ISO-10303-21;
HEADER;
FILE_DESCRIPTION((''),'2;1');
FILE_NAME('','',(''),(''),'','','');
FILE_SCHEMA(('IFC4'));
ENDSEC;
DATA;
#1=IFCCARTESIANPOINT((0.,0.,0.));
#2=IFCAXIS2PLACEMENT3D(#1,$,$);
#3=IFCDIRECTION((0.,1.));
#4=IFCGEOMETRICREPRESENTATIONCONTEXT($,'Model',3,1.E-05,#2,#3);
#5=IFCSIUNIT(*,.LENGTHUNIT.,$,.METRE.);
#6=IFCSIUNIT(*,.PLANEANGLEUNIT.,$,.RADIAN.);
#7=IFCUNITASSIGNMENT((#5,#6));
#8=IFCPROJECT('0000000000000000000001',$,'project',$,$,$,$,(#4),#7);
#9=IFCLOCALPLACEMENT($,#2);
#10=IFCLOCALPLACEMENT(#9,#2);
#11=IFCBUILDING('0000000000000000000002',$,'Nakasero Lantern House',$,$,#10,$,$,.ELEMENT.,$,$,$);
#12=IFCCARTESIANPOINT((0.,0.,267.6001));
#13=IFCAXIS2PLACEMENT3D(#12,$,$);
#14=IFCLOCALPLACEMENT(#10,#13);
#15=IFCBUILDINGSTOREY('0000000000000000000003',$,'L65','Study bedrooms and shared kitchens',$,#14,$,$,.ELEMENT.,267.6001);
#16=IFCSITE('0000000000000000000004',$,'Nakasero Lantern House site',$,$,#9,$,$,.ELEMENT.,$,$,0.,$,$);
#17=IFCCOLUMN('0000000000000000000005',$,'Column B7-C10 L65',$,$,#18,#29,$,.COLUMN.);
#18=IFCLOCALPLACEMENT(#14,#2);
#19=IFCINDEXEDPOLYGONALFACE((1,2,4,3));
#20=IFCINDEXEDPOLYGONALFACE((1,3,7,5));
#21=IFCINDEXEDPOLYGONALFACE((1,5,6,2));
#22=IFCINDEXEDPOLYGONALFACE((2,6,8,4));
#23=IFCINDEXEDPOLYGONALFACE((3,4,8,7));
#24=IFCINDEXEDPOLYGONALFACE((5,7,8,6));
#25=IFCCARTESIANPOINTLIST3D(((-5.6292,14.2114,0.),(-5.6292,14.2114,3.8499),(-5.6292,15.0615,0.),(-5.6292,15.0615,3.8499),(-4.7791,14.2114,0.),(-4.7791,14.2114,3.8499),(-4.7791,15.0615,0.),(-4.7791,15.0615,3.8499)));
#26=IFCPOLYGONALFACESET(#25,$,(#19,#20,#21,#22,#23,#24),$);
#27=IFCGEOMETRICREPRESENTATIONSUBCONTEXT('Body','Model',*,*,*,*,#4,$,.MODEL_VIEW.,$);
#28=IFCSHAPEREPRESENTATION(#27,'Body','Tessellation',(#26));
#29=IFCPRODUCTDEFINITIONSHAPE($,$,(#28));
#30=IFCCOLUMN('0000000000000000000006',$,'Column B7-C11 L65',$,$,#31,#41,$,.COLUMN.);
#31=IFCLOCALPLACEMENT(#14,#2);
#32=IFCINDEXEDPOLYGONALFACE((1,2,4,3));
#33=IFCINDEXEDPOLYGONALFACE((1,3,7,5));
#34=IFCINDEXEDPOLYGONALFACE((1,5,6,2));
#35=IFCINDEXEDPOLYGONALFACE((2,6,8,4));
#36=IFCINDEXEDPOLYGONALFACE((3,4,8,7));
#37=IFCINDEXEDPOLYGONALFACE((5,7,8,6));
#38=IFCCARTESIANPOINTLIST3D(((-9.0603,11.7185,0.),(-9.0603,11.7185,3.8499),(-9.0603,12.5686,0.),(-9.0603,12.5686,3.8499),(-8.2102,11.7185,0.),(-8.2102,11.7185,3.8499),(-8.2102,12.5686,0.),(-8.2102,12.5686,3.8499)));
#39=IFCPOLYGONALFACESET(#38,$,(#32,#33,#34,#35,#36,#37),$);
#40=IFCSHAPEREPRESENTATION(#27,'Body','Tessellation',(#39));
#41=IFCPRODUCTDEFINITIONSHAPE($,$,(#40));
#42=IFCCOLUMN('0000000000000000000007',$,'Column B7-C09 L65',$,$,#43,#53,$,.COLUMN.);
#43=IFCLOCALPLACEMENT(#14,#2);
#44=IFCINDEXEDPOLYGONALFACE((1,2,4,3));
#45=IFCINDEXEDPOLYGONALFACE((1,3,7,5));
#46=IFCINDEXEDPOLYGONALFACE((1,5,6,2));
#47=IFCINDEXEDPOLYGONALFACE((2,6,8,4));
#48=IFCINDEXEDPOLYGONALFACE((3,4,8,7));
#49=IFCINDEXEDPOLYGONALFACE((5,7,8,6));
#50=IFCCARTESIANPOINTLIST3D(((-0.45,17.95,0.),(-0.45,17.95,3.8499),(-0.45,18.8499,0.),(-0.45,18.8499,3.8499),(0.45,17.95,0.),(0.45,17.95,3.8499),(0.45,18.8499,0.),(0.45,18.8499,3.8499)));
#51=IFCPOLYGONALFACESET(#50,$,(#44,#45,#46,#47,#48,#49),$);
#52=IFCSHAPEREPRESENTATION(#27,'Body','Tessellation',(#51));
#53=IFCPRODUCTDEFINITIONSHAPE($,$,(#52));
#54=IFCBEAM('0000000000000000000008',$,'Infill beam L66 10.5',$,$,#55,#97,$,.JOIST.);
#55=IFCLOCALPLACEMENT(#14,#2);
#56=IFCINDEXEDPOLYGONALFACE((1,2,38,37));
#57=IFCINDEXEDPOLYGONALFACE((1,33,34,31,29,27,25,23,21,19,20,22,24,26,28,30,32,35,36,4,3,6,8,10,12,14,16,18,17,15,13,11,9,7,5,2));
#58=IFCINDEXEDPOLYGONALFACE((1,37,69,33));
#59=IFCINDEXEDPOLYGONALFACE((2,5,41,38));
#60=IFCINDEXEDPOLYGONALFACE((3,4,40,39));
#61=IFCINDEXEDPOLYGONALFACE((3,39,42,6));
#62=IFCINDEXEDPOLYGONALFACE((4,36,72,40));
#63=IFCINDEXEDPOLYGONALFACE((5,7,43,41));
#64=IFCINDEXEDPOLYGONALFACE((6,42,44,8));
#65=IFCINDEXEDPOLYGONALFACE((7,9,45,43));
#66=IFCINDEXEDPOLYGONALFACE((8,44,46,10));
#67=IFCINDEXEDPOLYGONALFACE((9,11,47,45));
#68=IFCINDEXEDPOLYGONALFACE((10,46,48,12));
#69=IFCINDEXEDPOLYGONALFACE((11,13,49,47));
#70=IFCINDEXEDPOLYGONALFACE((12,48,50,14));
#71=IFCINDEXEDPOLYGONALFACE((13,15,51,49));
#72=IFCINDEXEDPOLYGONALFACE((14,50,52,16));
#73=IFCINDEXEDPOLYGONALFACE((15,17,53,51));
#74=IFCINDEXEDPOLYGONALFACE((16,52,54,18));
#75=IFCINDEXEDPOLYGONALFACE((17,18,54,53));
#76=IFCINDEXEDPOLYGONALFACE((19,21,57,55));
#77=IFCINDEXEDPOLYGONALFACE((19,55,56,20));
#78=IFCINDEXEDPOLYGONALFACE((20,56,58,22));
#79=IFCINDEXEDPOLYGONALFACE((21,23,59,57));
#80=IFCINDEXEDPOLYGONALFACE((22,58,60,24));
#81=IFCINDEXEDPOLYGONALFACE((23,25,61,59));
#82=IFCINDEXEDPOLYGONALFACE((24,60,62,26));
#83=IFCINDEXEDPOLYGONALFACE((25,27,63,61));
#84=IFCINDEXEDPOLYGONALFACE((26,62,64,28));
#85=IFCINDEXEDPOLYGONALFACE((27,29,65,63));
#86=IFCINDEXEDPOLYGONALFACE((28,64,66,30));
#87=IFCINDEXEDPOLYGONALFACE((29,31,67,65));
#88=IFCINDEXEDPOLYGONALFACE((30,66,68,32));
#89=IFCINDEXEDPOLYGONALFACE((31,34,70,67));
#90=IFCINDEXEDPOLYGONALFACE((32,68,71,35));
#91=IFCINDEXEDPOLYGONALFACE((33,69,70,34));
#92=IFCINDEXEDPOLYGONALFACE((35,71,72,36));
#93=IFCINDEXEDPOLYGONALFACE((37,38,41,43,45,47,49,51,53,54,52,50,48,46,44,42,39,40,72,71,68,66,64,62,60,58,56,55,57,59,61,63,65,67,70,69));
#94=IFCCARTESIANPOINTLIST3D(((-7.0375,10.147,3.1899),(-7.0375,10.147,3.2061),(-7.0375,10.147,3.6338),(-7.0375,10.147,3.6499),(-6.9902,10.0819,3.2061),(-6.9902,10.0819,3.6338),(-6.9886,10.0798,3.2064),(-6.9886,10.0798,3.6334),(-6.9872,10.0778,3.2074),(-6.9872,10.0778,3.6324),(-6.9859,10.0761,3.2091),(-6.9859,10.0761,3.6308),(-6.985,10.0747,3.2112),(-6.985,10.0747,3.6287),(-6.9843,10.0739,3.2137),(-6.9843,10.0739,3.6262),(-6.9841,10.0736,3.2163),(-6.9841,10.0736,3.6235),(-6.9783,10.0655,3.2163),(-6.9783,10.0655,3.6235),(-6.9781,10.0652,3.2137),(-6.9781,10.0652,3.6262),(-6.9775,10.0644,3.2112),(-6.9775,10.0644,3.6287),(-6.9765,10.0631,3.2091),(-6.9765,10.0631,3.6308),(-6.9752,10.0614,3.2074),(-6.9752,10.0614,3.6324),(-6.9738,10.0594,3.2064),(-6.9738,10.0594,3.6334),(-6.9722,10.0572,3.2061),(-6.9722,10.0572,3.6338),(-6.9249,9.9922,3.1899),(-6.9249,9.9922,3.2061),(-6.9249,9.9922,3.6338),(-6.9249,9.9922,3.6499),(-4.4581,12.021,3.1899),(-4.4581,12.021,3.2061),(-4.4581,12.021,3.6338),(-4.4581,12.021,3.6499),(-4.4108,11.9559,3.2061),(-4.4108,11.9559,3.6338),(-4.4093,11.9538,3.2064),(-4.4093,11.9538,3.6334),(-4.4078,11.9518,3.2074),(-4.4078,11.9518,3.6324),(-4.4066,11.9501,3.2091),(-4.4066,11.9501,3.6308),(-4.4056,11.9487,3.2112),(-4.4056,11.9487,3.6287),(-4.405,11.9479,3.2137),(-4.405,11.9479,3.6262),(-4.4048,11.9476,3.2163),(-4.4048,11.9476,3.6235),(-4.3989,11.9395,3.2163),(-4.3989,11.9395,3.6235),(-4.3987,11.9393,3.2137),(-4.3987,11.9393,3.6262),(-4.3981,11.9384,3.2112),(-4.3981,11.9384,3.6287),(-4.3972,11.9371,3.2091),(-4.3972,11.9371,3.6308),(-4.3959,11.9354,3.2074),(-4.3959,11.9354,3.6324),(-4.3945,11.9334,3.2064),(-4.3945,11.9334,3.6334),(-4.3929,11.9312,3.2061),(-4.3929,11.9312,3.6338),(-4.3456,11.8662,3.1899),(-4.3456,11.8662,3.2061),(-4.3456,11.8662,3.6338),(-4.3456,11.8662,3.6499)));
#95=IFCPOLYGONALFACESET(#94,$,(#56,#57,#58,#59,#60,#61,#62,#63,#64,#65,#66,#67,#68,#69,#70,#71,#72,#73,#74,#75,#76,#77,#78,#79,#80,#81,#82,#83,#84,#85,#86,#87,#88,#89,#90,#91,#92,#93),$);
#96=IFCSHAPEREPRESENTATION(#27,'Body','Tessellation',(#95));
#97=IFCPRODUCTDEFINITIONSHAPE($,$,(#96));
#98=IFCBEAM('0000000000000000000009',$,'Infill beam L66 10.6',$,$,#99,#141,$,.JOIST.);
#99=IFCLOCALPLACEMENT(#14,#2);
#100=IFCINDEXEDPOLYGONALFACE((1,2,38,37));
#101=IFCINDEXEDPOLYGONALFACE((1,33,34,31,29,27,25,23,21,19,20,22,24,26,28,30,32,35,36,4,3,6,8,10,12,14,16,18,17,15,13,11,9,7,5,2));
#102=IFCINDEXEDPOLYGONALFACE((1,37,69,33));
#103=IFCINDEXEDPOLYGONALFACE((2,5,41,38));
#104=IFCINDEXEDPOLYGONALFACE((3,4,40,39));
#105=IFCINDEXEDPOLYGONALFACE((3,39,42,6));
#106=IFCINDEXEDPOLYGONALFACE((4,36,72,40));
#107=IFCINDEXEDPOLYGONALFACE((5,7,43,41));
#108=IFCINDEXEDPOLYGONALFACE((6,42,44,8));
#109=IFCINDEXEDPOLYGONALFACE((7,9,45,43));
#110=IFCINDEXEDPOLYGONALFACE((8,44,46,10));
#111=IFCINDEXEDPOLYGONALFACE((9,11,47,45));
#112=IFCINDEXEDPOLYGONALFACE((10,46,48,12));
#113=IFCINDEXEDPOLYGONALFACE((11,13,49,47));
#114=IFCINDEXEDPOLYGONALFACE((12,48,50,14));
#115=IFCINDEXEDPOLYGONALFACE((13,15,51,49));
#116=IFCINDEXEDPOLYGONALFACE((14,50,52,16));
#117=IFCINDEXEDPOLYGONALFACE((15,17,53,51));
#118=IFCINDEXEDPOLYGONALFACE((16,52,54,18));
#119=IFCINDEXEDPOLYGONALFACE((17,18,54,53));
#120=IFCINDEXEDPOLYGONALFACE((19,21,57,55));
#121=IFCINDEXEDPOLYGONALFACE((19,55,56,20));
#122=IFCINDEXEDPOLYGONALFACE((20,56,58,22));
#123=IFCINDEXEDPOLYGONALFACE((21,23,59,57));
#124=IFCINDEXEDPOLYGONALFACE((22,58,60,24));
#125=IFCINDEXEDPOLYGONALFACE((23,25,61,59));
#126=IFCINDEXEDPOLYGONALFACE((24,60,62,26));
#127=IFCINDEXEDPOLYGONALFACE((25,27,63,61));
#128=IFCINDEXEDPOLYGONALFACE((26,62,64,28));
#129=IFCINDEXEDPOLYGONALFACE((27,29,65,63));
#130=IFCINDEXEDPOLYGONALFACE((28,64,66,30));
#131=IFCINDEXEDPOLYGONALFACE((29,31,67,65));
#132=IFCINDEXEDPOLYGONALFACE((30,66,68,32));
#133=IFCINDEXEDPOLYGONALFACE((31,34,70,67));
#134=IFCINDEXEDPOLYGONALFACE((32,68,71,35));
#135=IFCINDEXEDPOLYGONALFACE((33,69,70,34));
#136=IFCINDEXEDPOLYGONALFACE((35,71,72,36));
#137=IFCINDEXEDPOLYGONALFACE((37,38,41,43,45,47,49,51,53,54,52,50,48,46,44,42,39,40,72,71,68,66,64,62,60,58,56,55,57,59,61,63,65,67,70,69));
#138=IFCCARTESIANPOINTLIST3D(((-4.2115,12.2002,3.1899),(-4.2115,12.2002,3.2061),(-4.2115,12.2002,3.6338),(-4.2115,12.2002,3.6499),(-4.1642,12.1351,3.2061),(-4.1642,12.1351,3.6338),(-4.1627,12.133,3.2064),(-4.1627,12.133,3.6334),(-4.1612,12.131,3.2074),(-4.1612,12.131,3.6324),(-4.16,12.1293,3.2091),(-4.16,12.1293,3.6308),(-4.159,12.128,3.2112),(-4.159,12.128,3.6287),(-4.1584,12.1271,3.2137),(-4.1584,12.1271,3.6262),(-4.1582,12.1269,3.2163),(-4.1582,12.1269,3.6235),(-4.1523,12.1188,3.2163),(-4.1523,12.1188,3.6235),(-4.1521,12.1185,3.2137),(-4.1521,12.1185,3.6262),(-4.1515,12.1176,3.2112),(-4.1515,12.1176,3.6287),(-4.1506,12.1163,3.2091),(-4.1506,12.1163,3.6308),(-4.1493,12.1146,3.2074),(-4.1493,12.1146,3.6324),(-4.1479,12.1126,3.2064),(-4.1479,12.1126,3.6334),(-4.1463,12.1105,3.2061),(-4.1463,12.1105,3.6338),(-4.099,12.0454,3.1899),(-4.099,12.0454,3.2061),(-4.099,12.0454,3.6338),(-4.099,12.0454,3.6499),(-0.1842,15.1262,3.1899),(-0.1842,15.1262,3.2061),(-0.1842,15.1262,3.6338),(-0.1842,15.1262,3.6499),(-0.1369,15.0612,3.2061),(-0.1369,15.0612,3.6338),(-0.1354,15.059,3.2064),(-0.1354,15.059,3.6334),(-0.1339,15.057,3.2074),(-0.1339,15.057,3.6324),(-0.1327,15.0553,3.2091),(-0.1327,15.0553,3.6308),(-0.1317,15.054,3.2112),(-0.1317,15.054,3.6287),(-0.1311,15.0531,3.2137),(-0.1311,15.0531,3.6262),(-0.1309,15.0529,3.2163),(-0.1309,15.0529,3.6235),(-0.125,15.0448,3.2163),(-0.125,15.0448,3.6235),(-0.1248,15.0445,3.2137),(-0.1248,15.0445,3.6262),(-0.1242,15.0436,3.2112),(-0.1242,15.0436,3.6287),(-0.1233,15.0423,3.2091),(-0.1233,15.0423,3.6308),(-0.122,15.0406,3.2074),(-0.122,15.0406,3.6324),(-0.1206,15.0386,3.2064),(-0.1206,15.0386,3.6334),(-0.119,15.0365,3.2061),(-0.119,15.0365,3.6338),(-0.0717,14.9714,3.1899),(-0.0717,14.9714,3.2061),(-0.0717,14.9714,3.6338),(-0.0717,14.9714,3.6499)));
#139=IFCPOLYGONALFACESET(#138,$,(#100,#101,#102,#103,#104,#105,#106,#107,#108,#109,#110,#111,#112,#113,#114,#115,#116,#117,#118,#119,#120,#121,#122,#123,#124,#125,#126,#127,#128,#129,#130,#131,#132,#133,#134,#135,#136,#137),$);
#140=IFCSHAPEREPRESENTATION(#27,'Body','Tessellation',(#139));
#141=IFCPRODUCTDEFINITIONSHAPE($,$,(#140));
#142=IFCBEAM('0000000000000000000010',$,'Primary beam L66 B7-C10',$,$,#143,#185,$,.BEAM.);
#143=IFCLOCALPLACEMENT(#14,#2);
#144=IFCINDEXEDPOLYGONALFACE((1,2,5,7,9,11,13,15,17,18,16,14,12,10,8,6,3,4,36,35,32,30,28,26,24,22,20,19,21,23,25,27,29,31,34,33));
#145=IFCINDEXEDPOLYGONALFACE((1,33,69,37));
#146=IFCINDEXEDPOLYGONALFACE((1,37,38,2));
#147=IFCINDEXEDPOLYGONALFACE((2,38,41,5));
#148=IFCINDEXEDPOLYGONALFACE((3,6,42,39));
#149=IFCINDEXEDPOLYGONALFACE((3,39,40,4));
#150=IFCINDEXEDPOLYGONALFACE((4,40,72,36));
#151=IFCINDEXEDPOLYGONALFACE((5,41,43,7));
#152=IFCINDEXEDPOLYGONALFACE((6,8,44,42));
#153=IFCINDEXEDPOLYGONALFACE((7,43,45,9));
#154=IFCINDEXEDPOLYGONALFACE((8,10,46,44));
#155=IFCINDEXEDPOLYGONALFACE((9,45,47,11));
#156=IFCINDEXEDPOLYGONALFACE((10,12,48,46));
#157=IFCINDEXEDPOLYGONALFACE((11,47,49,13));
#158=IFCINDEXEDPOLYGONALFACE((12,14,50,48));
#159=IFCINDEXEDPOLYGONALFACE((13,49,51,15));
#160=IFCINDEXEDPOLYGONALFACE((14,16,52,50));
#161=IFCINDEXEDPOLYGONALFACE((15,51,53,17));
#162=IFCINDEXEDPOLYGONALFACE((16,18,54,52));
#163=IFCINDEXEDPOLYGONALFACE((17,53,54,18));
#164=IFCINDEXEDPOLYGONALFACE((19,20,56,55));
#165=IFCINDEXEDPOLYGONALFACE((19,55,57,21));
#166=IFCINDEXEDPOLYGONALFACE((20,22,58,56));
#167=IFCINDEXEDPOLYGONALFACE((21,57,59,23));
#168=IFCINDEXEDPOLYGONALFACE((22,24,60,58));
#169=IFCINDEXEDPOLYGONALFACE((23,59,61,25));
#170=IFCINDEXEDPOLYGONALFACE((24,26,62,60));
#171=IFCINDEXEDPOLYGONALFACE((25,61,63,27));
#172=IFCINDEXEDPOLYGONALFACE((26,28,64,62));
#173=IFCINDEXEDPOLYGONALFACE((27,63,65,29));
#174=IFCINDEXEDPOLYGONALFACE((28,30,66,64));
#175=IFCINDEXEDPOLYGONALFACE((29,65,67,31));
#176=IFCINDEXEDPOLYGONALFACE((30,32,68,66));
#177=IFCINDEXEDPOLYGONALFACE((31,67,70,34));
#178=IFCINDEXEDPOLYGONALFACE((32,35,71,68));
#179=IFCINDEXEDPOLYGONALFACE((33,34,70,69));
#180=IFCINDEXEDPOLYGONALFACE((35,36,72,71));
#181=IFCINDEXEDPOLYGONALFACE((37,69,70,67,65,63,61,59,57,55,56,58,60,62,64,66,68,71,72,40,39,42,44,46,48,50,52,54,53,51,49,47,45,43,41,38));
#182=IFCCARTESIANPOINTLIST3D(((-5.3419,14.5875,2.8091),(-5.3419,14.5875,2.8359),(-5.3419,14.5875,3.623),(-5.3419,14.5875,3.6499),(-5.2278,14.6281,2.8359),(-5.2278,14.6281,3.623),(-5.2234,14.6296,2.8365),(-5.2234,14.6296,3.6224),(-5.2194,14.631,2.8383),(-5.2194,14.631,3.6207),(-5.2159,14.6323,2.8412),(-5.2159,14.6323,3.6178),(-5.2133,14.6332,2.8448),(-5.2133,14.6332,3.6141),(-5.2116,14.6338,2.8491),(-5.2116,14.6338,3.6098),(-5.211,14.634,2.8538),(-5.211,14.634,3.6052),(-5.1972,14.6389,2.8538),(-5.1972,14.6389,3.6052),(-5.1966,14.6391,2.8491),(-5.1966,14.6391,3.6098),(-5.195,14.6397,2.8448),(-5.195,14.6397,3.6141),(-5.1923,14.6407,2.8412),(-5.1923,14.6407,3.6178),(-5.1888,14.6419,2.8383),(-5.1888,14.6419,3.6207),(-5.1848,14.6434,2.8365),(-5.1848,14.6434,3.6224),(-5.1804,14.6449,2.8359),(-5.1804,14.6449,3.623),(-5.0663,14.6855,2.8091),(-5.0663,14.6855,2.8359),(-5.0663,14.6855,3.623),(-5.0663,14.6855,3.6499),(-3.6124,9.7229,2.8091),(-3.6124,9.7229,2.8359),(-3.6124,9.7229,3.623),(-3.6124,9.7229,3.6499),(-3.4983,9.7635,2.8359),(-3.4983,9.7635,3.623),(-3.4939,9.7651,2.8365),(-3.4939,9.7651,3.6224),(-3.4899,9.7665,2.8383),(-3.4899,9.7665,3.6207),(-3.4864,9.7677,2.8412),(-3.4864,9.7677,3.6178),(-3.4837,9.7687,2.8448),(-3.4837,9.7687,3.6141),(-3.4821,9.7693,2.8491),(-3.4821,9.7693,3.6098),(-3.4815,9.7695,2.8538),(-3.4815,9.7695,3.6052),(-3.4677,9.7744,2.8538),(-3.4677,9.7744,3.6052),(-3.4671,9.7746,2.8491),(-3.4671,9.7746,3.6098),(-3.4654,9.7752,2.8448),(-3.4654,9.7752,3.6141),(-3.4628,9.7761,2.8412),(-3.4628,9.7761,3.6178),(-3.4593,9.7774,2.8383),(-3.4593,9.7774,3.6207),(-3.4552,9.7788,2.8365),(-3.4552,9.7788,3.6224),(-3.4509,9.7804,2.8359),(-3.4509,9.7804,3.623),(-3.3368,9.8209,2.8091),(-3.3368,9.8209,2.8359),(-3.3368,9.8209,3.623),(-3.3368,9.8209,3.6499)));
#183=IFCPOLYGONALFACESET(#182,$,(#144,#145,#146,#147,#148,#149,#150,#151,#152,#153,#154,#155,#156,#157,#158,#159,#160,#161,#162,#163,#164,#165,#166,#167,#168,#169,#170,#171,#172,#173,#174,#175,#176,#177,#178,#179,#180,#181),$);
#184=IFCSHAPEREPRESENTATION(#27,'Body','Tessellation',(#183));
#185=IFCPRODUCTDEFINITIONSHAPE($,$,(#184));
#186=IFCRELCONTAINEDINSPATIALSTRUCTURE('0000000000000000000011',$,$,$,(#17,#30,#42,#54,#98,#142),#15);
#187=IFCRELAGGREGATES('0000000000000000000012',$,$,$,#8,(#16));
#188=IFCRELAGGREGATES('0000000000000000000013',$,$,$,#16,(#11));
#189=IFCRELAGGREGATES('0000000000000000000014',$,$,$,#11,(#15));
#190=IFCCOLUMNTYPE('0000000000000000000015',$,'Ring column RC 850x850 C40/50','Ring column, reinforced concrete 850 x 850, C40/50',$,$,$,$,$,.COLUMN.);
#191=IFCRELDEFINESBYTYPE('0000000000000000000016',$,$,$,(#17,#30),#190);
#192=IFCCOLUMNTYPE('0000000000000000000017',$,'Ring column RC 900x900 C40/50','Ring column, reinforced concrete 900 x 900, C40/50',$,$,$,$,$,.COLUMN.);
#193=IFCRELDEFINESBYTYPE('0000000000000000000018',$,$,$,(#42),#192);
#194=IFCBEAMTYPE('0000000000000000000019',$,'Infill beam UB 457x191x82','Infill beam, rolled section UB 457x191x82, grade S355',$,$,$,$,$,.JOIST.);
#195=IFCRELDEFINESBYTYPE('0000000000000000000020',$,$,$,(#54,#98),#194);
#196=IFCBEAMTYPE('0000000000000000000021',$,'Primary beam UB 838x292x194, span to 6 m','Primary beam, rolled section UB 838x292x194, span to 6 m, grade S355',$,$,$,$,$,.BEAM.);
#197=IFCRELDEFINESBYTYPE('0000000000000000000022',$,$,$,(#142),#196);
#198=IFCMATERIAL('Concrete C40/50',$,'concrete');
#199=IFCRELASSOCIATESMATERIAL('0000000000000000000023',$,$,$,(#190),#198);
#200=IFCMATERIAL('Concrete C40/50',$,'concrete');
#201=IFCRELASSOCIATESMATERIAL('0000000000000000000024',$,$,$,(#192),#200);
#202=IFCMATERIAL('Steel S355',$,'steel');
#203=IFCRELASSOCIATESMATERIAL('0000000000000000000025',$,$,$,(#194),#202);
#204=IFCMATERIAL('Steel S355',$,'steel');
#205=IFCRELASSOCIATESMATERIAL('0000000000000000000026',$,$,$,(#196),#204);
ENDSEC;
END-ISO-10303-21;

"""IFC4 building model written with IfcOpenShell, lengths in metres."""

from ifc_helpers import new_model, si_unit, direction, frame, origin, origin_2d, place, context, subcontext, project, spatial, rectangle, i_section, extrude, material, material_profile, profile_set, type_object, element, save


model = new_model("IFC4")

# Units and contexts
model_context = context("Model", 3, precision=1e-05, world=origin(), true_north=direction((0.0, 1.0)))
body_context = subcontext(model_context, "Body", "Model", "MODEL_VIEW")
ifc_project = project(units=[si_unit("LENGTHUNIT", "METRE"), si_unit("PLANEANGLEUNIT", "RADIAN")], contexts=[model_context])

# Site, building, storey
site_placement = place(None, origin())
site = spatial("IfcSite", under=ifc_project, at=site_placement, Name="Nakasero Lantern House site", CompositionType="ELEMENT", RefElevation=0.0)
building_placement = place(site_placement, origin())
building = spatial("IfcBuilding", under=site, at=building_placement, Name="Nakasero Lantern House", CompositionType="ELEMENT")
storey_placement = place(building_placement, frame((0.0, 0.0, 267.6001)))
storey = spatial("IfcBuildingStorey", under=building, at=storey_placement, Name="L65", Description="Study bedrooms and shared kitchens", CompositionType="ELEMENT", Elevation=267.6001)

# Columns
ifc_material_1 = material(Name="Concrete C40/50", Category="concrete")
ifc_material_profile_1 = material_profile(ifc_material_1, rectangle(XDim=0.8501, YDim=0.8501, at=origin_2d()), Name="RC 850x850")
ifc_profile_set_1 = profile_set([ifc_material_profile_1], Name="Concrete C40/50")
column_type_1 = type_object("IfcColumnType", Name="Ring column RC 850x850 C40/50", Description="Ring column, reinforced concrete 850 x 850, C40/50", PredefinedType="COLUMN", material=ifc_profile_set_1)
for number, where, z_axis, x_axis, name in (
    (1, (-5.2041, 14.6365, 0.0), (0.0, 0.0, 1.0), (1.0, 0.0, 0.0), "Column B7-C10 L65"),
    (2, (-8.6353, 12.1436, 0.0), (0.0, 0.0, 1.0), (1.0, 0.0, 0.0), "Column B7-C11 L65"),
):
    element("IfcColumn", number, at=place(storey_placement, frame(where, z_axis=z_axis, x_axis=x_axis)), inside=storey, type_object=column_type_1, Name=name, PredefinedType="COLUMN", context=body_context, shape_type="SweptSolid", body=[
        extrude(rectangle(XDim=0.8501, YDim=0.8501, at=origin_2d()), origin(), (0.0, 0.0, 1.0), 3.8499),
    ])
ifc_material_2 = material(Name="Concrete C40/50", Category="concrete")
ifc_material_profile_2 = material_profile(ifc_material_2, rectangle(XDim=0.8999, YDim=0.8999, at=origin_2d()), Name="RC 900x900")
ifc_profile_set_2 = profile_set([ifc_material_profile_2], Name="Concrete C40/50")
column_type_2 = type_object("IfcColumnType", Name="Ring column RC 900x900 C40/50", Description="Ring column, reinforced concrete 900 x 900, C40/50", PredefinedType="COLUMN", material=ifc_profile_set_2)
column_placement = place(storey_placement, frame((0.0, 18.3999, 0.0), z_axis=(0.0, 0.0, 1.0), x_axis=(1.0, 0.0, 0.0)))
element("IfcColumn", 3, at=column_placement, inside=storey, type_object=column_type_2, Name="Column B7-C09 L65", PredefinedType="COLUMN", context=body_context, shape_type="SweptSolid", body=[
    extrude(rectangle(XDim=0.8999, YDim=0.8999, at=origin_2d()), origin(), (0.0, 0.0, 1.0), 3.8499),
])

# Beams
ifc_material_3 = material(Name="Steel S355", Category="steel")
ifc_material_profile_3 = material_profile(ifc_material_3, i_section(OverallWidth=0.1914, OverallDepth=0.46, WebThickness=0.01, FlangeThickness=0.0161, FilletRadius=0.0103, at=origin_2d()), Name="UB 457x191x82")
ifc_profile_set_3 = profile_set([ifc_material_profile_3], Name="Steel S355")
beam_type_1 = type_object("IfcBeamType", Name="Infill beam UB 457x191x82", Description="Infill beam, rolled section UB 457x191x82, grade S355", PredefinedType="JOIST", material=ifc_profile_set_3)
beam_1_placement = place(storey_placement, frame((-6.9812, 10.0696, 3.4199), z_axis=(0.809014, 0.587789, 0.0), x_axis=(-0.587789, 0.809014, 0.0)))
element("IfcBeam", 4, at=beam_1_placement, inside=storey, type_object=beam_type_1, Name="Infill beam L66 10.5", PredefinedType="JOIST", context=body_context, shape_type="SweptSolid", body=[
    extrude(i_section(OverallWidth=0.1914, OverallDepth=0.46, WebThickness=0.01, FlangeThickness=0.0161, FilletRadius=0.0103, at=origin_2d()), origin(), (0.0, 0.0, 1.0), 3.1882),
])
beam_2_placement = place(storey_placement, frame((-4.1553, 12.1228, 3.4199), z_axis=(0.809018, 0.587784, 0.0), x_axis=(-0.587784, 0.809018, 0.0)))
element("IfcBeam", 5, at=beam_2_placement, inside=storey, type_object=beam_type_1, Name="Infill beam L66 10.6", PredefinedType="JOIST", context=body_context, shape_type="SweptSolid", body=[
    extrude(i_section(OverallWidth=0.1914, OverallDepth=0.46, WebThickness=0.01, FlangeThickness=0.0161, FilletRadius=0.0103, at=origin_2d()), origin(), (0.0, 0.0, 1.0), 4.978),
])
ifc_material_4 = material(Name="Steel S355", Category="steel")
ifc_material_profile_4 = material_profile(ifc_material_4, i_section(OverallWidth=0.2925, OverallDepth=0.8408, WebThickness=0.0146, FlangeThickness=0.0269, FilletRadius=0.0178, at=origin_2d()), Name="UB 838x292x194")
ifc_profile_set_4 = profile_set([ifc_material_profile_4], Name="Steel S355")
beam_type_2 = type_object("IfcBeamType", Name="Primary beam UB 838x292x194, span to 6 m", Description="Primary beam, rolled section UB 838x292x194, span to 6 m, grade S355", PredefinedType="BEAM", material=ifc_profile_set_4)
beam_3_placement = place(storey_placement, frame((-5.2041, 14.6365, 3.2295), z_axis=(0.334991, -0.942221, 0.0), x_axis=(0.942221, 0.334991, 0.0)))
element("IfcBeam", 6, at=beam_3_placement, inside=storey, type_object=beam_type_2, Name="Primary beam L66 B7-C10", PredefinedType="BEAM", context=body_context, shape_type="SweptSolid", body=[
    extrude(i_section(OverallWidth=0.2925, OverallDepth=0.8408, WebThickness=0.0146, FlangeThickness=0.0269, FilletRadius=0.0178, at=origin_2d()), origin(), (0.0, 0.0, 1.0), 5.1628),
])

save(model, "model.ifc")
